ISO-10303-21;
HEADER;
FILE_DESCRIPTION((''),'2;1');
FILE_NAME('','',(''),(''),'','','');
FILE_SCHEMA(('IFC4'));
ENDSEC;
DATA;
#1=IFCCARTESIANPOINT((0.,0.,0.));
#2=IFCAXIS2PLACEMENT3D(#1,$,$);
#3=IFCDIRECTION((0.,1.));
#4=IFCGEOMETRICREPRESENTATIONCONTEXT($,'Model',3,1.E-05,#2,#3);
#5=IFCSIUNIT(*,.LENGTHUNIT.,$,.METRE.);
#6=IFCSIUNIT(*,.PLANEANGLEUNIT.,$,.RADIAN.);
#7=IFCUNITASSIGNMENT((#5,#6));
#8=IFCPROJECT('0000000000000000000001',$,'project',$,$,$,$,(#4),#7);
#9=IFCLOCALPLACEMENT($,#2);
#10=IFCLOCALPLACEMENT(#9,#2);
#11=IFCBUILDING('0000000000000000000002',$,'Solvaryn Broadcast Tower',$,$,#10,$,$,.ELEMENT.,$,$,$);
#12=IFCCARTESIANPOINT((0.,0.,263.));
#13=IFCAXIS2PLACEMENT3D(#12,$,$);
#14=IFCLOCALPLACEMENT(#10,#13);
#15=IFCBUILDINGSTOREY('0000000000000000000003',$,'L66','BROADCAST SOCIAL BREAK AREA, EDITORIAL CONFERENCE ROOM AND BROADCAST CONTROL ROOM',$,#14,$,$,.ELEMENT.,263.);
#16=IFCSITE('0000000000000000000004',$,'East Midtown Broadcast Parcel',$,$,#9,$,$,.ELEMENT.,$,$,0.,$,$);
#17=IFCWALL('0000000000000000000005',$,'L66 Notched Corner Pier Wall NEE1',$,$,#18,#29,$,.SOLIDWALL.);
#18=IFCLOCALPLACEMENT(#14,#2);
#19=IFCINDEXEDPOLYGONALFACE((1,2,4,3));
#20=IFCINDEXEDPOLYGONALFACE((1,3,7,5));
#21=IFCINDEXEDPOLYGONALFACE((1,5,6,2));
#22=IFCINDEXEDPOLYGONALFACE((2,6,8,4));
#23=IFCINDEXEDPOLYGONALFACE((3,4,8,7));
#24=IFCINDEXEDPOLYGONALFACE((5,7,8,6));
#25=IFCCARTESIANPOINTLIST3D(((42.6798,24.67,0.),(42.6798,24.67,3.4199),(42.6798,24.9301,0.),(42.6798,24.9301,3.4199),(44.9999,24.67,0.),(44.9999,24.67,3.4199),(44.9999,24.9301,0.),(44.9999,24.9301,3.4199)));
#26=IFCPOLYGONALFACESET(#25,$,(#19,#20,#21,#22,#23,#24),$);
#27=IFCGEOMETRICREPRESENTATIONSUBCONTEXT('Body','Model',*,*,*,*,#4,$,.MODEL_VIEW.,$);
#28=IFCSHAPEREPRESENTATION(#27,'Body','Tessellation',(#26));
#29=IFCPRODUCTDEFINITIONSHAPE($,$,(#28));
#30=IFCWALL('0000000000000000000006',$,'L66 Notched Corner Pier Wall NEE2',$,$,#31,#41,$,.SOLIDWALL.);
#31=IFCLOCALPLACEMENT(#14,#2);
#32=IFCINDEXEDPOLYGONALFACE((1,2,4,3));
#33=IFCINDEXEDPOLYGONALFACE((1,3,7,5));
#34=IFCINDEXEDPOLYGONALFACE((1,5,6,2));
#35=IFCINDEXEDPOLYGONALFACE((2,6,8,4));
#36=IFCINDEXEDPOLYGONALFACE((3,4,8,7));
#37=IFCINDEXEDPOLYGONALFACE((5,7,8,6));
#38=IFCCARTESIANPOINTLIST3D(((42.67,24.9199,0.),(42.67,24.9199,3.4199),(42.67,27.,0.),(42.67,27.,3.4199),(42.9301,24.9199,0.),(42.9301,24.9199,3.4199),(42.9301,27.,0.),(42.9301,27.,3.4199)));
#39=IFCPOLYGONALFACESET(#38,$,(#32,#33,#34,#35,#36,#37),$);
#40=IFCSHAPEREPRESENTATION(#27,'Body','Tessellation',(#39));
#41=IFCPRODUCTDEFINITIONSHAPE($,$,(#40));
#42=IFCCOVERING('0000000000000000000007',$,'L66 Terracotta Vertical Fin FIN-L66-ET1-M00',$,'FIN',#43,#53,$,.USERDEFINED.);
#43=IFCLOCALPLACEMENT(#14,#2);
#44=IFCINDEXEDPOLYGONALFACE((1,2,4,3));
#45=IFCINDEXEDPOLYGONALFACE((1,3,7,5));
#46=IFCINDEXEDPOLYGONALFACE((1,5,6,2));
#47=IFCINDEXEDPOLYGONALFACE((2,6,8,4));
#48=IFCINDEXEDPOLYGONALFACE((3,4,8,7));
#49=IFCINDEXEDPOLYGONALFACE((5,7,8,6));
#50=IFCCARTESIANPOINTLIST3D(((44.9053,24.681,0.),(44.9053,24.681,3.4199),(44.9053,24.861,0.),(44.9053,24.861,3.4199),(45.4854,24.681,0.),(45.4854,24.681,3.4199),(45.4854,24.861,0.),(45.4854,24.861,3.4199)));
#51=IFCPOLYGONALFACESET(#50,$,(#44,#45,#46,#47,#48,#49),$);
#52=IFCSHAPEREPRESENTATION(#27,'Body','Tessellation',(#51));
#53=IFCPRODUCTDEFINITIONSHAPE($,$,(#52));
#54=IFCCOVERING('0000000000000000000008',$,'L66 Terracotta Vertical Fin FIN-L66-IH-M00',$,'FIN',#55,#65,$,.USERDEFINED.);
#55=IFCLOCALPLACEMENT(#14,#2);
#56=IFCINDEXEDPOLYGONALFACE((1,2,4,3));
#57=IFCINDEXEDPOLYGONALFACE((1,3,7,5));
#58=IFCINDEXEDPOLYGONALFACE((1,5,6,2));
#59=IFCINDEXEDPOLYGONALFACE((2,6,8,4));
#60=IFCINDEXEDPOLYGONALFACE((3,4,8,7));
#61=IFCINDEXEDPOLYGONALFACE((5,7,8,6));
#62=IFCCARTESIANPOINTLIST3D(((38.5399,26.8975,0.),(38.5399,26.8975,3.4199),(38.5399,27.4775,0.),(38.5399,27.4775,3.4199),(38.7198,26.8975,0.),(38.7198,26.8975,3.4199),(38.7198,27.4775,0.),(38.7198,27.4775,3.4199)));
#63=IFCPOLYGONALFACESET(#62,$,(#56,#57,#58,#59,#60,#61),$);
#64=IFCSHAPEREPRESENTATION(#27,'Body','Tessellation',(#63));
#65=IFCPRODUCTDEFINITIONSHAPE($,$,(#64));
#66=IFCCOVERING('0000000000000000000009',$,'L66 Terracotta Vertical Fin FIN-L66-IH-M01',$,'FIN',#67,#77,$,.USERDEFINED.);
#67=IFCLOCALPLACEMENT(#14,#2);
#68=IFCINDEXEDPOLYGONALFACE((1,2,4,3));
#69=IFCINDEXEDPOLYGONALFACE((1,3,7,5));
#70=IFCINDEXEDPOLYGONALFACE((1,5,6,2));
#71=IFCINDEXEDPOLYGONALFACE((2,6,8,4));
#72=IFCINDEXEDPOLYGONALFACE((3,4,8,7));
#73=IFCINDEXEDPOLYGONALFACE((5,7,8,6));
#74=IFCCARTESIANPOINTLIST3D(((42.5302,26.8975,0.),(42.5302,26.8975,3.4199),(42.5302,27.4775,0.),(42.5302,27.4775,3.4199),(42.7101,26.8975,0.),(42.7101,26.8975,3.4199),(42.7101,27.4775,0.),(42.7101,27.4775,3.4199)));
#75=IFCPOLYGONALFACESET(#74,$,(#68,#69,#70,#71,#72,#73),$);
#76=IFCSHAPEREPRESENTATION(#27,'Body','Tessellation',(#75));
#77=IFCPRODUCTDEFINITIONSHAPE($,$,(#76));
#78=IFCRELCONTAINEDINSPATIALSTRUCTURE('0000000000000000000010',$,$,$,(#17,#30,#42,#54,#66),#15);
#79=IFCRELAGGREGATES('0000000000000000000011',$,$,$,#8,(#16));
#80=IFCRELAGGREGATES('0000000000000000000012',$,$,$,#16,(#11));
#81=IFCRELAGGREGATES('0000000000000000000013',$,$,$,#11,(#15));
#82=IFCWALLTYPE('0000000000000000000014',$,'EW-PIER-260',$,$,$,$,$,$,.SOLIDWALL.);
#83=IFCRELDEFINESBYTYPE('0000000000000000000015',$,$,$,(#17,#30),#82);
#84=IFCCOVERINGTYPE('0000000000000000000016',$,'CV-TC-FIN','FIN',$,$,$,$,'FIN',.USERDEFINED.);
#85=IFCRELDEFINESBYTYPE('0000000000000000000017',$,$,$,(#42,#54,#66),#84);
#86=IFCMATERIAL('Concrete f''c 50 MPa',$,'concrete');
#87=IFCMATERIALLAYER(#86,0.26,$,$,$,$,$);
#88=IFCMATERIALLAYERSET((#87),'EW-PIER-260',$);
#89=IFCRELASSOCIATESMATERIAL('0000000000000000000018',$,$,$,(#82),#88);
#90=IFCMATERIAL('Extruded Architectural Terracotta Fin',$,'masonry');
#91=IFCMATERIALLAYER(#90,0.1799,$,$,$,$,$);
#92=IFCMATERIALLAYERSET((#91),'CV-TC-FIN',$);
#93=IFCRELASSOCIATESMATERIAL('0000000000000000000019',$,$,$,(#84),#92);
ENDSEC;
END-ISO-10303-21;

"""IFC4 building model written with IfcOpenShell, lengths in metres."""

from ifc_helpers import new_model, si_unit, direction, frame, frame_2d, origin, origin_2d, place, context, subcontext, project, spatial, rectangle, extrude, material, layer, layer_set, type_object, element, save


model = new_model("IFC4")

# Units and contexts
model_context = context("Model", 3, precision=1e-05, world=origin(), true_north=direction((0.0, 1.0)))
body_context = subcontext(model_context, "Body", "Model", "MODEL_VIEW")
ifc_project = project(units=[si_unit("LENGTHUNIT", "METRE"), si_unit("PLANEANGLEUNIT", "RADIAN")], contexts=[model_context])

# Site, building, storey
site_placement = place(None, origin())
site = spatial("IfcSite", under=ifc_project, at=site_placement, Name="East Midtown Broadcast Parcel", CompositionType="ELEMENT", RefElevation=0.0)
building_placement = place(site_placement, origin())
building = spatial("IfcBuilding", under=site, at=building_placement, Name="Solvaryn Broadcast Tower", CompositionType="ELEMENT")
storey_placement = place(building_placement, frame((0.0, 0.0, 263.0)))
storey = spatial("IfcBuildingStorey", under=building, at=storey_placement, Name="L66", Description="BROADCAST SOCIAL BREAK AREA, EDITORIAL CONFERENCE ROOM AND BROADCAST CONTROL ROOM", CompositionType="ELEMENT", Elevation=263.0)

# Walls
ifc_material_1 = material(Name="Concrete f'c 50 MPa", Category="concrete")
ifc_layer_1 = layer(ifc_material_1, 0.26)
ifc_layer_set_1 = layer_set([ifc_layer_1], Name="EW-PIER-260")
wall_type_1 = type_object("IfcWallType", Name="EW-PIER-260", PredefinedType="SOLIDWALL", material=ifc_layer_set_1)
wall_1_placement = place(storey_placement, frame((45.0, 24.8, 0.0), z_axis=(0.0, 0.0, 1.0), x_axis=(-1.0, 0.0, 0.0)))
element("IfcWall", 1, at=wall_1_placement, inside=storey, type_object=wall_type_1, Name="L66 Notched Corner Pier Wall NEE1", PredefinedType="SOLIDWALL", context=body_context, shape_type="SweptSolid", body=[
    extrude(rectangle(XDim=2.3201, YDim=0.26, at=frame_2d((1.1602, 0.0))), origin(), (0.0, 0.0, 1.0), 3.4199),
])
wall_2_placement = place(storey_placement, frame((42.8, 24.9199, 0.0), z_axis=(0.0, 0.0, 1.0), x_axis=(0.0, 1.0, 0.0)))
element("IfcWall", 2, at=wall_2_placement, inside=storey, type_object=wall_type_1, Name="L66 Notched Corner Pier Wall NEE2", PredefinedType="SOLIDWALL", context=body_context, shape_type="SweptSolid", body=[
    extrude(rectangle(XDim=2.0801, YDim=0.26, at=frame_2d((1.04, 0.0))), origin(), (0.0, 0.0, 1.0), 3.4199),
])

# Coverings
ifc_material_2 = material(Name="Extruded Architectural Terracotta Fin", Category="masonry")
ifc_layer_2 = layer(ifc_material_2, 0.1799)
ifc_layer_set_2 = layer_set([ifc_layer_2], Name="CV-TC-FIN")
covering_type = type_object("IfcCoveringType", Name="CV-TC-FIN", Description="FIN", ElementType="FIN", PredefinedType="USERDEFINED", material=ifc_layer_set_2)
covering_placement = place(storey_placement, frame((45.1953, 24.771, 0.0), z_axis=(0.0, 0.0, 1.0), x_axis=(1.0, 0.0, 0.0)))
element("IfcCovering", 3, at=covering_placement, inside=storey, type_object=covering_type, Name="L66 Terracotta Vertical Fin FIN-L66-ET1-M00", ObjectType="FIN", PredefinedType="USERDEFINED", context=body_context, shape_type="SweptSolid", body=[
    extrude(rectangle(XDim=0.5801, YDim=0.1799, at=origin_2d()), origin(), (0.0, 0.0, 1.0), 3.4199),
])
for number, where, z_axis, x_axis, name in (
    (4, (38.6299, 27.1875, 0.0), (0.0, 0.0, 1.0), (1.0, 0.0, 0.0), "L66 Terracotta Vertical Fin FIN-L66-IH-M00"),
    (5, (42.6201, 27.1875, 0.0), (0.0, 0.0, 1.0), (1.0, 0.0, 0.0), "L66 Terracotta Vertical Fin FIN-L66-IH-M01"),
):
    element("IfcCovering", number, at=place(storey_placement, frame(where, z_axis=z_axis, x_axis=x_axis)), inside=storey, type_object=covering_type, Name=name, ObjectType="FIN", PredefinedType="USERDEFINED", context=body_context, shape_type="SweptSolid", body=[
        extrude(rectangle(XDim=0.1799, YDim=0.5801, at=origin_2d()), origin(), (0.0, 0.0, 1.0), 3.4199),
    ])

save(model, "model.ifc")
